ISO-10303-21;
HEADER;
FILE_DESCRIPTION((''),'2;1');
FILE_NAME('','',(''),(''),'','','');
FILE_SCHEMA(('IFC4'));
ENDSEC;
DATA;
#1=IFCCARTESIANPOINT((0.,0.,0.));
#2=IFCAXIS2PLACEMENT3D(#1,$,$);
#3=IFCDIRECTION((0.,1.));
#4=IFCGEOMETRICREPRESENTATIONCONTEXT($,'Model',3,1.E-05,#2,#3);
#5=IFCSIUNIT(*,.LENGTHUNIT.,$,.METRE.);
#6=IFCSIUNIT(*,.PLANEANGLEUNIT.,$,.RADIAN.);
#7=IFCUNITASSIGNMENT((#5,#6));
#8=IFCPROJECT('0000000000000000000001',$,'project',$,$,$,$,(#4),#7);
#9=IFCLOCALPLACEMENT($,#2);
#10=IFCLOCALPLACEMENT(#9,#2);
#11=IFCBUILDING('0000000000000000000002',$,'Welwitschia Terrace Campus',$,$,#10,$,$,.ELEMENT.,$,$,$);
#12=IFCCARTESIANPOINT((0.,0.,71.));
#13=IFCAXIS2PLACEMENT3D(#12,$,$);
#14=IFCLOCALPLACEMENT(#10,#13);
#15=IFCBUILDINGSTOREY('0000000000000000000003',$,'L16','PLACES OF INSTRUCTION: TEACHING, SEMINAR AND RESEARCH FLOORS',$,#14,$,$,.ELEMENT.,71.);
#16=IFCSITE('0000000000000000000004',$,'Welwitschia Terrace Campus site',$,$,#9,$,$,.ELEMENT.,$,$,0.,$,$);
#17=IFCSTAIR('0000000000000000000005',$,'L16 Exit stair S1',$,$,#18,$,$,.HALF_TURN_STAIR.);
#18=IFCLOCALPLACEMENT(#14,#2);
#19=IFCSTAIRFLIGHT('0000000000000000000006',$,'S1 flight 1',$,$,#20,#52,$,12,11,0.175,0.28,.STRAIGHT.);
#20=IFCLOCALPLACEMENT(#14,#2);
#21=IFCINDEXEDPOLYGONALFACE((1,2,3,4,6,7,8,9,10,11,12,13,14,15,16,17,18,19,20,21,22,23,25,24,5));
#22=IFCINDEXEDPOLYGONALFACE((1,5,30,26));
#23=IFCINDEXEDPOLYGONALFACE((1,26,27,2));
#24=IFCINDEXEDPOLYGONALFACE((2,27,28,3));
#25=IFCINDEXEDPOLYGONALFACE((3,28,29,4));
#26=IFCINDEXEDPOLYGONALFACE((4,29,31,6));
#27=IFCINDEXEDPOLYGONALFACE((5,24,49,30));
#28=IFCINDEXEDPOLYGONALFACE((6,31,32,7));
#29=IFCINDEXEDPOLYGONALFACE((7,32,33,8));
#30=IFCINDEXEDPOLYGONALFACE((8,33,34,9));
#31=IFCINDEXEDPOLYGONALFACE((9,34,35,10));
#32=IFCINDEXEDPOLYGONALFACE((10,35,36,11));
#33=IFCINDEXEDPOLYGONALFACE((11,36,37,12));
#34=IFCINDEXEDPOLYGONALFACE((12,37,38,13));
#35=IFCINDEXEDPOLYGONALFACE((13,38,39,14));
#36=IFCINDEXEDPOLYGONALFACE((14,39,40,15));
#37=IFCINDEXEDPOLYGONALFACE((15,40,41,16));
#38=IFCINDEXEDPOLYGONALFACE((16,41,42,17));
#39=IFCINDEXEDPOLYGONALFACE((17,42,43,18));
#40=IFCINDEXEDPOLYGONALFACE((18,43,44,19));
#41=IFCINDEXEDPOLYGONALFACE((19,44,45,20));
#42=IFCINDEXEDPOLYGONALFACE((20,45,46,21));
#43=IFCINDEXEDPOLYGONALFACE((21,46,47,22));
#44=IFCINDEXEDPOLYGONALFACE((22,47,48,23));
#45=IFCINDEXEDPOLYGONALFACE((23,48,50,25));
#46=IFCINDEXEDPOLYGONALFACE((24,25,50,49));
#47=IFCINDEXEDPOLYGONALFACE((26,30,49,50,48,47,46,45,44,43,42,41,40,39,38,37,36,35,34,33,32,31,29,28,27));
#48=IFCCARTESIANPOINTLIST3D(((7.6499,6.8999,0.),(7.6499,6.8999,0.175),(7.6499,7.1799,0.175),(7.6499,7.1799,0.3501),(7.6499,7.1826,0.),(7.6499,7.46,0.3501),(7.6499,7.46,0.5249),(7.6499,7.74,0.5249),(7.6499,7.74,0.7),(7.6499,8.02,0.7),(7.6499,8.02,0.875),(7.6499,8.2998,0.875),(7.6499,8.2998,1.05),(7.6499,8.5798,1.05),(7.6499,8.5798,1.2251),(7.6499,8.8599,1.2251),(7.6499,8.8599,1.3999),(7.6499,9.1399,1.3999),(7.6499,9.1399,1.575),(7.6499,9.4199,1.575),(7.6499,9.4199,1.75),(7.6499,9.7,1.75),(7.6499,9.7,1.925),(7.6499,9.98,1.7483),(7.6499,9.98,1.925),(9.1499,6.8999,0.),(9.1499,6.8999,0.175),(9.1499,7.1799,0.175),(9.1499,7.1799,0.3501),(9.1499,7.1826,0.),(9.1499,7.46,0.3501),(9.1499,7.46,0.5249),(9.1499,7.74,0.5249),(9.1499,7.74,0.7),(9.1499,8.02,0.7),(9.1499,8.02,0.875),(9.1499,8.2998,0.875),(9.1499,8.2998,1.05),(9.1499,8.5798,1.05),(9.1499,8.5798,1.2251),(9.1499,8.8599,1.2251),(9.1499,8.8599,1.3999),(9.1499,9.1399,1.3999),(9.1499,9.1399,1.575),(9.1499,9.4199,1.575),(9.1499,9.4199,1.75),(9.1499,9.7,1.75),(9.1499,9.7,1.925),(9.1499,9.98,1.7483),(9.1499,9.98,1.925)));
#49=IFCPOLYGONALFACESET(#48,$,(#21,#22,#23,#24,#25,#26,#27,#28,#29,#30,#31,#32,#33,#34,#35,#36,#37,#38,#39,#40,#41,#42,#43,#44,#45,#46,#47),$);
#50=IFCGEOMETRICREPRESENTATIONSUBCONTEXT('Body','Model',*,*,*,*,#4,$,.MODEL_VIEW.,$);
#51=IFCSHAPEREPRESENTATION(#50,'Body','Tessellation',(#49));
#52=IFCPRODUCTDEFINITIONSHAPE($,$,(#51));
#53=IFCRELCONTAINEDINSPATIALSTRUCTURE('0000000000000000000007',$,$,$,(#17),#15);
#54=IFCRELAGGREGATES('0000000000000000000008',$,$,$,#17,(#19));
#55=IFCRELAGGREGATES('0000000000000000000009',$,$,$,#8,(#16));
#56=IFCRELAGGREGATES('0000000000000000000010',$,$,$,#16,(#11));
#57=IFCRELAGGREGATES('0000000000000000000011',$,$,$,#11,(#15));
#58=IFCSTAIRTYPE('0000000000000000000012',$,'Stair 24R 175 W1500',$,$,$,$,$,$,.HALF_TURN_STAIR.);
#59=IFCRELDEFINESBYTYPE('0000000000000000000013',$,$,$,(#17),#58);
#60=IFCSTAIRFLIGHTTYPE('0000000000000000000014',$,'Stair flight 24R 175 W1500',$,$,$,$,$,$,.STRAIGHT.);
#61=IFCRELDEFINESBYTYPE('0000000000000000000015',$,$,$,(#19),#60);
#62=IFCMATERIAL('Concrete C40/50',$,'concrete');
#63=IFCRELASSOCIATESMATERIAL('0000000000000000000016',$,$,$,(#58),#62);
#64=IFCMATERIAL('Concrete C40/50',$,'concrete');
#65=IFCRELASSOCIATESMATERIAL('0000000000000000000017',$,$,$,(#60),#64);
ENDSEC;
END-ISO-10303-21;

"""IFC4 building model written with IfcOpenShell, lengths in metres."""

from ifc_helpers import new_model, si_unit, direction, frame, origin, place, context, subcontext, project, spatial, polyline, outline, extrude, material, type_object, element, aggregate, save


model = new_model("IFC4")

# Units and contexts
model_context = context("Model", 3, precision=1e-05, world=origin(), true_north=direction((0.0, 1.0)))
body_context = subcontext(model_context, "Body", "Model", "MODEL_VIEW")
ifc_project = project(units=[si_unit("LENGTHUNIT", "METRE"), si_unit("PLANEANGLEUNIT", "RADIAN")], contexts=[model_context])

# Site, building, storey
site_placement = place(None, origin())
site = spatial("IfcSite", under=ifc_project, at=site_placement, Name="Welwitschia Terrace Campus site", CompositionType="ELEMENT", RefElevation=0.0)
building_placement = place(site_placement, origin())
building = spatial("IfcBuilding", under=site, at=building_placement, Name="Welwitschia Terrace Campus", CompositionType="ELEMENT")
storey_placement = place(building_placement, frame((0.0, 0.0, 71.0)))
storey = spatial("IfcBuildingStorey", under=building, at=storey_placement, Name="L16", Description="PLACES OF INSTRUCTION: TEACHING, SEMINAR AND RESEARCH FLOORS", CompositionType="ELEMENT", Elevation=71.0)

# Stair, stair flight
ifc_material_1 = material(Name="Concrete C40/50", Category="concrete")
stair_type = type_object("IfcStairType", Name="Stair 24R 175 W1500", PredefinedType="HALF_TURN_STAIR", material=ifc_material_1)
stair_placement = place(storey_placement, origin())
stair = element("IfcStair", 1, at=stair_placement, inside=storey, type_object=stair_type, Name="L16 Exit stair S1", PredefinedType="HALF_TURN_STAIR")
ifc_material_2 = material(Name="Concrete C40/50", Category="concrete")
stair_flight_type = type_object("IfcStairFlightType", Name="Stair flight 24R 175 W1500", PredefinedType="STRAIGHT", material=ifc_material_2)
stair_flight_placement = place(storey_placement, frame((8.3999, 6.8999, 0.0), z_axis=(0.0, 0.0, 1.0), x_axis=(0.0, 1.0, 0.0)))
stair_flight = element("IfcStairFlight", 2, at=stair_flight_placement, type_object=stair_flight_type, Name="S1 flight 1", NumberOfRisers=12, NumberOfTreads=11, PredefinedType="STRAIGHT", RiserHeight=0.175, TreadLength=0.28, context=body_context, shape_type="SweptSolid", body=[
    extrude(outline(polyline([(0.0, 0.0), (0.0, 0.175), (0.28, 0.175), (0.28, 0.3501), (0.5601, 0.3501), (0.5601, 0.5249), (0.8401, 0.5249), (0.8401, 0.7), (1.1201, 0.7), (1.1201, 0.875), (1.3999, 0.875), (1.3999, 1.05), (1.6799, 1.05), (1.6799, 1.2251), (1.96, 1.2251), (1.96, 1.3999), (2.24, 1.3999), (2.24, 1.575), (2.52, 1.575), (2.52, 1.75), (2.8, 1.75), (2.8, 1.925), (3.0801, 1.925), (3.0801, 2.1001), (3.0801, 1.7483), (0.2827, 0.0), (0.0, 0.0)])), frame((0.0, 0.75, 0.0), z_axis=(0.0, -1.0, 0.0), x_axis=(1.0, 0.0, 0.0)), (0.0, 0.0, 1.0), 1.5),
])
aggregate(stair, [stair_flight])

save(model, "model.ifc")
